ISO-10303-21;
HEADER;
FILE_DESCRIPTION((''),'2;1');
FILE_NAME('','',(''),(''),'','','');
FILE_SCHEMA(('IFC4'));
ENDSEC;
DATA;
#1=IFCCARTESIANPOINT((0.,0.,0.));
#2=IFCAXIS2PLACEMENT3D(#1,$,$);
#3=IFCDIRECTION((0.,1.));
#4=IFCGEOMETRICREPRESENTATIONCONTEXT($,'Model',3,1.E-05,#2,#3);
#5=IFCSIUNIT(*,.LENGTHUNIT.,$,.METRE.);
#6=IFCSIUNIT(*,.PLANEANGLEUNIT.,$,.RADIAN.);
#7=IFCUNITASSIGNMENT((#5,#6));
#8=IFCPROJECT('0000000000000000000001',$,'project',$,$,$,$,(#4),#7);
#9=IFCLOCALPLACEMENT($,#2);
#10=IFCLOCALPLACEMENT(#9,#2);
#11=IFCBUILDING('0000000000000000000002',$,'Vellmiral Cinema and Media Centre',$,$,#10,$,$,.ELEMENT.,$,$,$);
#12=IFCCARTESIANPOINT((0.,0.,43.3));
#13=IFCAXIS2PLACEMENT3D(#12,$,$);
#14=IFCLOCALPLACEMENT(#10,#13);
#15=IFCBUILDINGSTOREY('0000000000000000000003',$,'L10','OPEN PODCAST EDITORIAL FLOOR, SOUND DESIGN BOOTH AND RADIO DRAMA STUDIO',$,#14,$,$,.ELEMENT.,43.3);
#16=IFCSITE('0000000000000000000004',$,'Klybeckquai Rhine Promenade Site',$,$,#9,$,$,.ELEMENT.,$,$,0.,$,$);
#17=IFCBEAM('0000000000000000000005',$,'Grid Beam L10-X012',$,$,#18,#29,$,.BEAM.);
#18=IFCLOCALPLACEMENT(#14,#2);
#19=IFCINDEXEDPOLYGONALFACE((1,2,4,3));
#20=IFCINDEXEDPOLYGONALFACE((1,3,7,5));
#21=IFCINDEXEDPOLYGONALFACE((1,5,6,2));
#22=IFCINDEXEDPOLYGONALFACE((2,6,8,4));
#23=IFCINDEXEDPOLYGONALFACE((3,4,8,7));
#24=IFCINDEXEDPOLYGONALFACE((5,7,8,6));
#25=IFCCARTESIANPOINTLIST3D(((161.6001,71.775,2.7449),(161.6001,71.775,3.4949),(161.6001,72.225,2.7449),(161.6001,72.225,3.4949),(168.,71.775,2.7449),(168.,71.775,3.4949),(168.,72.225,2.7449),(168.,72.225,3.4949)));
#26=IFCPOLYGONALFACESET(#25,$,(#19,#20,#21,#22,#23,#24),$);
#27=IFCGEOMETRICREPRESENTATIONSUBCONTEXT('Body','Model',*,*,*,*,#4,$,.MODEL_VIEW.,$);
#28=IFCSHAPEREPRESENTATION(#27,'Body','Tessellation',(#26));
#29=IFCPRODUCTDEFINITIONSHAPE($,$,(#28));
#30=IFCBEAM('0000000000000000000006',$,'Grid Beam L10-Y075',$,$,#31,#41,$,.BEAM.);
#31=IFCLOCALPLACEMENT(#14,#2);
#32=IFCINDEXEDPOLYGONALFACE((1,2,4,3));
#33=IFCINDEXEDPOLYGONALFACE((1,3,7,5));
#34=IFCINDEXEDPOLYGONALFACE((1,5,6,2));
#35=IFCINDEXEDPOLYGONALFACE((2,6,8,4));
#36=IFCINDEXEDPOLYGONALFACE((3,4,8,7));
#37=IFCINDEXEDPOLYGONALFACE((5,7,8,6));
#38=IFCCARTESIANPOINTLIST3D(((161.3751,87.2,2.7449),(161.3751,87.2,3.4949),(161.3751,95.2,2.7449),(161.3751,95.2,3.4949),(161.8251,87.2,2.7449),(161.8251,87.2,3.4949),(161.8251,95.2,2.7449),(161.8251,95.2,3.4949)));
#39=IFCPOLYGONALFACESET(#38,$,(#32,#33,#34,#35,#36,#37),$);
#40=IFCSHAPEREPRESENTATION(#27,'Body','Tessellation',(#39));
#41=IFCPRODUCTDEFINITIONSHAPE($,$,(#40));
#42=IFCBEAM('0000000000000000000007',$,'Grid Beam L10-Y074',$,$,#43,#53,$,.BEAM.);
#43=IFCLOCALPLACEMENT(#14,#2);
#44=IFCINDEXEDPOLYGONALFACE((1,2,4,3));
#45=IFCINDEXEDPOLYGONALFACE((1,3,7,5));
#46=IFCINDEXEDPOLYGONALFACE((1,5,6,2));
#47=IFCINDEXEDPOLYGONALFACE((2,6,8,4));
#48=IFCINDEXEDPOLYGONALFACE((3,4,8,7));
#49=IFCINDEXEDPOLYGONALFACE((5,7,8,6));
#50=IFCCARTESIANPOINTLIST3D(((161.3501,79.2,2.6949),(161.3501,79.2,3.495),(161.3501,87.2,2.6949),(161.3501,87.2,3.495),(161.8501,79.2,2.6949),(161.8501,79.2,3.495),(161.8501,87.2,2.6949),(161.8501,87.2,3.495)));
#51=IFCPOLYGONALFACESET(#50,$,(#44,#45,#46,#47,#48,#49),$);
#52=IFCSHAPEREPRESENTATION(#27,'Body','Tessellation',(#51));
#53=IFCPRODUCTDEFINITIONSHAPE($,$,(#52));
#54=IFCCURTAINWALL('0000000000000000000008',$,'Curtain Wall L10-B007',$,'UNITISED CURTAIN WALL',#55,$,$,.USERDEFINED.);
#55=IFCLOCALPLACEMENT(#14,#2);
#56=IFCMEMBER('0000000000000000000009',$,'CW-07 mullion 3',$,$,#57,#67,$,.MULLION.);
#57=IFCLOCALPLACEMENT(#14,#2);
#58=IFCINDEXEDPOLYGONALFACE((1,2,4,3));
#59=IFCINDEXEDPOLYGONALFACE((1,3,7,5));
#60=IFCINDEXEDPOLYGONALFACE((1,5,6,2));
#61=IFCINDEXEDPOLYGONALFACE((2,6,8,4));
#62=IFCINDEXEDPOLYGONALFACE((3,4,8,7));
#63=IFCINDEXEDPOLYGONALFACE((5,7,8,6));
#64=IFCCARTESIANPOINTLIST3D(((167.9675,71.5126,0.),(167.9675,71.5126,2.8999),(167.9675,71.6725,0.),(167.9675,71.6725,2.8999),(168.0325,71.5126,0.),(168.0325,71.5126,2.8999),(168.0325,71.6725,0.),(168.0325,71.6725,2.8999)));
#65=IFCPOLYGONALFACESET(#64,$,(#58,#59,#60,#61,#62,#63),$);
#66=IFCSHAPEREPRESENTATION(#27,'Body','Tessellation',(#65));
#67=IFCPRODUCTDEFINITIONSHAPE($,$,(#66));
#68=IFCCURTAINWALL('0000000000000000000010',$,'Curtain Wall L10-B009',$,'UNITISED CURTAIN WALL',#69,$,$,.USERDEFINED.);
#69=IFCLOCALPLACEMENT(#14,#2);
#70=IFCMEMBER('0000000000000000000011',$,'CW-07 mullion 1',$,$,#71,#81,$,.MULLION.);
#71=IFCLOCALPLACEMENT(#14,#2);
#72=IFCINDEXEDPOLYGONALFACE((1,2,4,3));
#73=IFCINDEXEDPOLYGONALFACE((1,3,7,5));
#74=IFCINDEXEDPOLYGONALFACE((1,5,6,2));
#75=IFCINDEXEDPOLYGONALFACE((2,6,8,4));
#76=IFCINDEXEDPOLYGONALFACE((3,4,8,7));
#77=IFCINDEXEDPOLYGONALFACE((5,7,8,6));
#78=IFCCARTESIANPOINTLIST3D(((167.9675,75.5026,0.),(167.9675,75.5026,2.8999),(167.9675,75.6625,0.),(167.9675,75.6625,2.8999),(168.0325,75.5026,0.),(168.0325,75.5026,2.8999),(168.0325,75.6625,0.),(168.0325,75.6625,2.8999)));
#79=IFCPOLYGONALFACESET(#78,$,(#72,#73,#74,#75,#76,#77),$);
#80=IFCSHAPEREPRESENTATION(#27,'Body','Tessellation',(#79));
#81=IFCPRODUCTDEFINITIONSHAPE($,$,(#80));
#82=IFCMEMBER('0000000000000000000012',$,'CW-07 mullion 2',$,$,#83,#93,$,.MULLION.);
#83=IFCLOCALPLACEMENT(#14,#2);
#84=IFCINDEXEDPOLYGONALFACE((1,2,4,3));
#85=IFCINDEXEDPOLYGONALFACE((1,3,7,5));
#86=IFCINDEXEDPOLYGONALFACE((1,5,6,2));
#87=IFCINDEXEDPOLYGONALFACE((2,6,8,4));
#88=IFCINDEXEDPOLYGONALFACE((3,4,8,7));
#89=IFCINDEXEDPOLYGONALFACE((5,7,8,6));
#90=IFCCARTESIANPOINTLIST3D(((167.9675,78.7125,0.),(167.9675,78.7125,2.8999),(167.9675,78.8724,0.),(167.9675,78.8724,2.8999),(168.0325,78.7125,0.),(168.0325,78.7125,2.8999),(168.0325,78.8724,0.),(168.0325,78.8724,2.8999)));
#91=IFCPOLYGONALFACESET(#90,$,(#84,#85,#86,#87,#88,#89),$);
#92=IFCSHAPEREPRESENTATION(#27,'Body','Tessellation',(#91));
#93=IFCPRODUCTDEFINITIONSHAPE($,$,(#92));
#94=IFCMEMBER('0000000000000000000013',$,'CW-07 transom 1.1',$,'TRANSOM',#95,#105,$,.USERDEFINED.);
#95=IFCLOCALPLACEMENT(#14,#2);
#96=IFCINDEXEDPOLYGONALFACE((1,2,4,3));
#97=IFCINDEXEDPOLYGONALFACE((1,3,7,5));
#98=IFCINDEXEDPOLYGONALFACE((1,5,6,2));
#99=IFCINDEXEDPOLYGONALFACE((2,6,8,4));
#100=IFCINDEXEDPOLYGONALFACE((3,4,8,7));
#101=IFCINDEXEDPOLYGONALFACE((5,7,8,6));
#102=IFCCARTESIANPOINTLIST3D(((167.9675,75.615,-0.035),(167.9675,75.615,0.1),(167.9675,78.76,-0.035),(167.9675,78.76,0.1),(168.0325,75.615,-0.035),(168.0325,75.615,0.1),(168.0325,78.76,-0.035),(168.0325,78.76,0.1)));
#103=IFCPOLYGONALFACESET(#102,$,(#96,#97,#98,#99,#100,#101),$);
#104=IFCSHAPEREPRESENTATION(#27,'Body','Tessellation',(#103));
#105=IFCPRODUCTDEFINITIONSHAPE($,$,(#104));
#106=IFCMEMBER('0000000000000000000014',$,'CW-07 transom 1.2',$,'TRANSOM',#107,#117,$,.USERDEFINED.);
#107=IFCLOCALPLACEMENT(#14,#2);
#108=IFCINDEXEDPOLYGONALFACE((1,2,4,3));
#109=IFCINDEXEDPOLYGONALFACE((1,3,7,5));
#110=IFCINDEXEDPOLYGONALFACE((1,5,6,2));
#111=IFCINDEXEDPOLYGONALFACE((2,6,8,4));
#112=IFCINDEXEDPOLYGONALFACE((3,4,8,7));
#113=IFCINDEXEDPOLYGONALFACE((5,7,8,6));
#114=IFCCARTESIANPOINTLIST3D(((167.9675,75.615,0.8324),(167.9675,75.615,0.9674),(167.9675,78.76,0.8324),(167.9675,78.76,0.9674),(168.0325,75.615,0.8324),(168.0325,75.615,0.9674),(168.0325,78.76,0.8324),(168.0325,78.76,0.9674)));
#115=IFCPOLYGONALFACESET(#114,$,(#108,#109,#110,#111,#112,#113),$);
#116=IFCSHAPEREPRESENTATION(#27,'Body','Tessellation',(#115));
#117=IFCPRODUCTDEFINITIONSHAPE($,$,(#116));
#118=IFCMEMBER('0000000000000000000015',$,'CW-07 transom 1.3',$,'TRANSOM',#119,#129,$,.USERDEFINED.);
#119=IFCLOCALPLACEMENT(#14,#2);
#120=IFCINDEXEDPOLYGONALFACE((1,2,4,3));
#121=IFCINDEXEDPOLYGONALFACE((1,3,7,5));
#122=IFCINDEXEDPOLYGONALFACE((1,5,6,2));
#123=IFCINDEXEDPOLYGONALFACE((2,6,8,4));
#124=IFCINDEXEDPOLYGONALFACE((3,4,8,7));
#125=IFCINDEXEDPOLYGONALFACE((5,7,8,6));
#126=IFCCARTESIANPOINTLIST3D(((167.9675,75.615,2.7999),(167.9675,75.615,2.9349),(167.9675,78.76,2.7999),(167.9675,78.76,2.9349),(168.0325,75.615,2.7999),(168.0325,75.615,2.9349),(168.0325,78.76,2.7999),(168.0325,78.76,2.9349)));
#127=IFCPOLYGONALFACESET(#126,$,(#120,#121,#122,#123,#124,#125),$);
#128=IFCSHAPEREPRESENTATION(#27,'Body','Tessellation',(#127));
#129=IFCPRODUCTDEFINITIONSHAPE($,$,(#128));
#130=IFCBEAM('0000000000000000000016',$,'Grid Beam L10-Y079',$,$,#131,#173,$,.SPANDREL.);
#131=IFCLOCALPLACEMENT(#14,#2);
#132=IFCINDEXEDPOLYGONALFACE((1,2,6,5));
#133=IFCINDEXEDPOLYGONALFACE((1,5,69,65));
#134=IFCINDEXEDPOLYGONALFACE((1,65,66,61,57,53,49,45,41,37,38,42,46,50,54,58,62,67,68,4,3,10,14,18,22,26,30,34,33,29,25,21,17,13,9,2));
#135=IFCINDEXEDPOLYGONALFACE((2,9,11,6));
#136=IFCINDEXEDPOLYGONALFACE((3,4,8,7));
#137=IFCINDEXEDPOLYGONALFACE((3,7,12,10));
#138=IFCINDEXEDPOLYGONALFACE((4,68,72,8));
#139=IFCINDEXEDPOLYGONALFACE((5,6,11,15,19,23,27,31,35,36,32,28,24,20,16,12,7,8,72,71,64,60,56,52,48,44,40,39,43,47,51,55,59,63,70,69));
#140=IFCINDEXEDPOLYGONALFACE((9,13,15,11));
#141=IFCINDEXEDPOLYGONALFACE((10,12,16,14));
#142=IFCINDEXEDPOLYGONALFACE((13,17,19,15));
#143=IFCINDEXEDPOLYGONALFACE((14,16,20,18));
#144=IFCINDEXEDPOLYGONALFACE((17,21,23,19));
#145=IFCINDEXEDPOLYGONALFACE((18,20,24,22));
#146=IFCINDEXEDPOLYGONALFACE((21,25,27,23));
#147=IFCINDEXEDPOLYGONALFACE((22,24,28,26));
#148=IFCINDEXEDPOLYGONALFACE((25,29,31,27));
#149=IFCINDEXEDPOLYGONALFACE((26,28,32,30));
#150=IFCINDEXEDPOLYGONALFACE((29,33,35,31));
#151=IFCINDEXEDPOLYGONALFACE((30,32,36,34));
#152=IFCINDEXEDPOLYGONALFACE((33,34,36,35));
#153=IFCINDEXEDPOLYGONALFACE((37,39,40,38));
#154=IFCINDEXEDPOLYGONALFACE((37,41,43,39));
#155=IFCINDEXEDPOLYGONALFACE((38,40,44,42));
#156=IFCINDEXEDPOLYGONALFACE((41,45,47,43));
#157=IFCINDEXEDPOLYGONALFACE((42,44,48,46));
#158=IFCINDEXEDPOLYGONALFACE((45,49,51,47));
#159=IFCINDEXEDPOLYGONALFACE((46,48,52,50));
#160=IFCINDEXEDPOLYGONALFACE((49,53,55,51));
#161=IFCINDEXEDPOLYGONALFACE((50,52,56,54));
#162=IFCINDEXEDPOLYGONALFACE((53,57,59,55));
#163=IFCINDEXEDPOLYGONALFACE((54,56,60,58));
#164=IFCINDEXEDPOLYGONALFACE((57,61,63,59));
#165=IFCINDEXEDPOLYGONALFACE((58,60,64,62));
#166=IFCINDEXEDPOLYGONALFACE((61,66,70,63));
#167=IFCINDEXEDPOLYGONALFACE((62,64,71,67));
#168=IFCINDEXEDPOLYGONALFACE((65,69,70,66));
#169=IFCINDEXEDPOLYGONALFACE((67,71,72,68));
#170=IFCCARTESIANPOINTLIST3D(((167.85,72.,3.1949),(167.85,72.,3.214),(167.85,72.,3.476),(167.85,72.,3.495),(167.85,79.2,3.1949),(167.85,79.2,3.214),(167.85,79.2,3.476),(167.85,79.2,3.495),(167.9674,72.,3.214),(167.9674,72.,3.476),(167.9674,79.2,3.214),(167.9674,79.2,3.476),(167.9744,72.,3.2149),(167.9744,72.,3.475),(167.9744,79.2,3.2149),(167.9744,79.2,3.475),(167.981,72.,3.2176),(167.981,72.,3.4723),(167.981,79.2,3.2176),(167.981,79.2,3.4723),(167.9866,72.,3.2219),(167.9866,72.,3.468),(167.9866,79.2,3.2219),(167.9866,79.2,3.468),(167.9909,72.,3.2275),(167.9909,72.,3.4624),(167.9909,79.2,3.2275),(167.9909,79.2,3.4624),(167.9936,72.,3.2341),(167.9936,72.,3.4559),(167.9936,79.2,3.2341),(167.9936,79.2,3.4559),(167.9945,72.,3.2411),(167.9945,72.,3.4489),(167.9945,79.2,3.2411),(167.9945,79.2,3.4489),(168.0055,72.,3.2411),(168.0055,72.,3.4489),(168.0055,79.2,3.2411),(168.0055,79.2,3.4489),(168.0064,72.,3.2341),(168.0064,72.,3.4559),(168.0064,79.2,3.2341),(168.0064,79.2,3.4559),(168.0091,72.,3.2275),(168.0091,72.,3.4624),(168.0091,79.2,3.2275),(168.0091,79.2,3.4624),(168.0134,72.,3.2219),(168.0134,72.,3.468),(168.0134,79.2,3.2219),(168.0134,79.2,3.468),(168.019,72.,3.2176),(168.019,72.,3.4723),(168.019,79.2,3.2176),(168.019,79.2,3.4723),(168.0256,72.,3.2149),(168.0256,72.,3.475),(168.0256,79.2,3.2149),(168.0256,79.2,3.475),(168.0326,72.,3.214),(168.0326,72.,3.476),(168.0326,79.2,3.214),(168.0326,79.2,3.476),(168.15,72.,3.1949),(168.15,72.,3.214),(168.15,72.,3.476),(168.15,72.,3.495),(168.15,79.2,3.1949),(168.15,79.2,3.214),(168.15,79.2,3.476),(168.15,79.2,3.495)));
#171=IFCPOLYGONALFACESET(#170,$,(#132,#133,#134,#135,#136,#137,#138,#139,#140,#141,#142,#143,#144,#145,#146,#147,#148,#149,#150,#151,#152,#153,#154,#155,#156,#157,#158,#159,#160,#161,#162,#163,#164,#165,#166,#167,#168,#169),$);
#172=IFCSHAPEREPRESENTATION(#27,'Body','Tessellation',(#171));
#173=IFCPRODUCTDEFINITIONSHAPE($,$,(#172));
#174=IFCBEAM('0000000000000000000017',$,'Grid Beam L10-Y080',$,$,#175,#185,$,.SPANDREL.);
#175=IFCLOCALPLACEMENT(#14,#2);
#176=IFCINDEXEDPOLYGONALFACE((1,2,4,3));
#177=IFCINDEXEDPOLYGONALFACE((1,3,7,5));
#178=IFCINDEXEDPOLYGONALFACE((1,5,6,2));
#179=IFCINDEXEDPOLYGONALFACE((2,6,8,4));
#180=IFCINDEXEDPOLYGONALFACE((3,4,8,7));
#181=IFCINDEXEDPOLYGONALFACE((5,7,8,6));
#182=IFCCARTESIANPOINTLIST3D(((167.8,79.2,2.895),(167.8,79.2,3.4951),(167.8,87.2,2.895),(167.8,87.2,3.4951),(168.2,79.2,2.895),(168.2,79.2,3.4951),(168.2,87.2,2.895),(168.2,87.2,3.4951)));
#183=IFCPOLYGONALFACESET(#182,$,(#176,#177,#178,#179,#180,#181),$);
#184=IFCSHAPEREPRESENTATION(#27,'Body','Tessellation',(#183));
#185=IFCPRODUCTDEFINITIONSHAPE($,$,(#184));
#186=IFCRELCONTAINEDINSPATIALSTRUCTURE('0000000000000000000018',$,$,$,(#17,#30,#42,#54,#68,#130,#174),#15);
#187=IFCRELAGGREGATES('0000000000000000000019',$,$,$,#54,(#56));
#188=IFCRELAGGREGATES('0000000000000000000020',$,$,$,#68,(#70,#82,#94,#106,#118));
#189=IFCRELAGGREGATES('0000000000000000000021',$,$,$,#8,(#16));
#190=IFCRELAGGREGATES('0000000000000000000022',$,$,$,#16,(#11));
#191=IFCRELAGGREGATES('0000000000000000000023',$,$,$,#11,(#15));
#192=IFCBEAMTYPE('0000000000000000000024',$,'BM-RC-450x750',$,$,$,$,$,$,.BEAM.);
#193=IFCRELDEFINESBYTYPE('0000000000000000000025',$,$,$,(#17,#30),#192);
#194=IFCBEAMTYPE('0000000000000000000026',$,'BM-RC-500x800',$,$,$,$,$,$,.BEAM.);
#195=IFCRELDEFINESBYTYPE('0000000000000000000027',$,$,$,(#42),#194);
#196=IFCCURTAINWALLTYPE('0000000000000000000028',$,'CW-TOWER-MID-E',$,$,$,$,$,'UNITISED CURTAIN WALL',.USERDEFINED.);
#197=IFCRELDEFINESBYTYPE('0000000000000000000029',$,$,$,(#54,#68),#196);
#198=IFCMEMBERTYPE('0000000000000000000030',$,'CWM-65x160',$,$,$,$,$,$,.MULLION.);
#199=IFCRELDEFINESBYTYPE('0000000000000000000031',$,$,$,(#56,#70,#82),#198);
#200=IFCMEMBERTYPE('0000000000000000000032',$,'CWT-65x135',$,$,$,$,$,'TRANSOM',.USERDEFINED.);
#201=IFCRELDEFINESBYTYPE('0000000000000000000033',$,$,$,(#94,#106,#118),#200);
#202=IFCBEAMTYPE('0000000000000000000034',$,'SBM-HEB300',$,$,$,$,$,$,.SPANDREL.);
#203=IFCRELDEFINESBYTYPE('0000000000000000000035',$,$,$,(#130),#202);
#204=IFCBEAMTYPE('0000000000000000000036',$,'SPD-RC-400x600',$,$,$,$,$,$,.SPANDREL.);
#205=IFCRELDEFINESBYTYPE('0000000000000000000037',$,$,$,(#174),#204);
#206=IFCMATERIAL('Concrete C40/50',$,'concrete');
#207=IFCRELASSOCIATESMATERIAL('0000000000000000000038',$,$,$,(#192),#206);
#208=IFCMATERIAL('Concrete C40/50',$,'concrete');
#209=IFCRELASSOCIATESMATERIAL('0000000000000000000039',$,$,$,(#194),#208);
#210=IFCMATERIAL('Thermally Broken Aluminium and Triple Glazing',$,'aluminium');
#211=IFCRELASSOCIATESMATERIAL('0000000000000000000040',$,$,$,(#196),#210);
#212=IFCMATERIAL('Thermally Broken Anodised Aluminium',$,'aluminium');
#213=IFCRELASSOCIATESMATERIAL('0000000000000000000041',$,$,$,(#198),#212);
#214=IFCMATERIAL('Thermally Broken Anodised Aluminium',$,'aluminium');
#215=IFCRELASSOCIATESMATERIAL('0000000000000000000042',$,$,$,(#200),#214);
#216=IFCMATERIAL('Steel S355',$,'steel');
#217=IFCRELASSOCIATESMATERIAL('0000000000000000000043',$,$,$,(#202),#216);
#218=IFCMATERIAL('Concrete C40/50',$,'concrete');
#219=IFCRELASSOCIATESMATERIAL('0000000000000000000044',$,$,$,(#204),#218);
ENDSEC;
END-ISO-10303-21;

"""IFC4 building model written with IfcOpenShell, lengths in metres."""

from ifc_helpers import new_model, si_unit, direction, frame, origin, origin_2d, place, context, subcontext, project, spatial, rectangle, i_section, extrude, material, material_profile, profile_set, type_object, element, aggregate, save


model = new_model("IFC4")

# Units and contexts
model_context = context("Model", 3, precision=1e-05, world=origin(), true_north=direction((0.0, 1.0)))
body_context = subcontext(model_context, "Body", "Model", "MODEL_VIEW")
ifc_project = project(units=[si_unit("LENGTHUNIT", "METRE"), si_unit("PLANEANGLEUNIT", "RADIAN")], contexts=[model_context])

# Site, building, storey
site_placement = place(None, origin())
site = spatial("IfcSite", under=ifc_project, at=site_placement, Name="Klybeckquai Rhine Promenade Site", CompositionType="ELEMENT", RefElevation=0.0)
building_placement = place(site_placement, origin())
building = spatial("IfcBuilding", under=site, at=building_placement, Name="Vellmiral Cinema and Media Centre", CompositionType="ELEMENT")
storey_placement = place(building_placement, frame((0.0, 0.0, 43.3)))
storey = spatial("IfcBuildingStorey", under=building, at=storey_placement, Name="L10", Description="OPEN PODCAST EDITORIAL FLOOR, SOUND DESIGN BOOTH AND RADIO DRAMA STUDIO", CompositionType="ELEMENT", Elevation=43.3)

# Beams
ifc_material_1 = material(Name="Concrete C40/50", Category="concrete")
ifc_material_profile_1 = material_profile(ifc_material_1, rectangle(XDim=0.45, YDim=0.75, at=origin_2d()), Name="RC 450x750")
ifc_profile_set_1 = profile_set([ifc_material_profile_1], Name="Concrete C40/50")
beam_type_1 = type_object("IfcBeamType", Name="BM-RC-450x750", PredefinedType="BEAM", material=ifc_profile_set_1)
beam_1_placement = place(storey_placement, frame((161.6001, 72.0, 3.1199), z_axis=(1.0, 0.0, 0.0), x_axis=(0.0, 1.0, 0.0)))
element("IfcBeam", 1, at=beam_1_placement, inside=storey, type_object=beam_type_1, Name="Grid Beam L10-X012", PredefinedType="BEAM", context=body_context, shape_type="SweptSolid", body=[
    extrude(rectangle(XDim=0.45, YDim=0.75, at=origin_2d()), origin(), (0.0, 0.0, 1.0), 6.3999),
])
beam_2_placement = place(storey_placement, frame((161.6001, 87.2, 3.1199), z_axis=(0.0, 1.0, 0.0), x_axis=(-1.0, 0.0, 0.0)))
element("IfcBeam", 2, at=beam_2_placement, inside=storey, type_object=beam_type_1, Name="Grid Beam L10-Y075", PredefinedType="BEAM", context=body_context, shape_type="SweptSolid", body=[
    extrude(rectangle(XDim=0.45, YDim=0.75, at=origin_2d()), origin(), (0.0, 0.0, 1.0), 8.0),
])
ifc_material_2 = material(Name="Concrete C40/50", Category="concrete")
ifc_material_profile_2 = material_profile(ifc_material_2, rectangle(XDim=0.5, YDim=0.8, at=origin_2d()), Name="RC 500x800")
ifc_profile_set_2 = profile_set([ifc_material_profile_2], Name="Concrete C40/50")
beam_type_2 = type_object("IfcBeamType", Name="BM-RC-500x800", PredefinedType="BEAM", material=ifc_profile_set_2)
beam_3_placement = place(storey_placement, frame((161.6001, 79.2, 3.095), z_axis=(0.0, 1.0, 0.0), x_axis=(-1.0, 0.0, 0.0)))
element("IfcBeam", 3, at=beam_3_placement, inside=storey, type_object=beam_type_2, Name="Grid Beam L10-Y074", PredefinedType="BEAM", context=body_context, shape_type="SweptSolid", body=[
    extrude(rectangle(XDim=0.5, YDim=0.8, at=origin_2d()), origin(), (0.0, 0.0, 1.0), 8.0),
])

# Curtain wall, member
ifc_material_3 = material(Name="Thermally Broken Aluminium and Triple Glazing", Category="aluminium")
curtain_wall_type = type_object("IfcCurtainWallType", Name="CW-TOWER-MID-E", ElementType="UNITISED CURTAIN WALL", PredefinedType="USERDEFINED", material=ifc_material_3)
curtain_wall_1_placement = place(storey_placement, origin())
curtain_wall_1 = element("IfcCurtainWall", 4, at=curtain_wall_1_placement, inside=storey, type_object=curtain_wall_type, Name="Curtain Wall L10-B007", ObjectType="UNITISED CURTAIN WALL", PredefinedType="USERDEFINED")
ifc_material_4 = material(Name="Thermally Broken Anodised Aluminium", Category="aluminium")
ifc_material_profile_3 = material_profile(ifc_material_4, rectangle(XDim=0.0649, YDim=0.1599, at=origin_2d()), Name="MULL 65x160")
ifc_profile_set_3 = profile_set([ifc_material_profile_3], Name="Thermally Broken Anodised Aluminium")
member_type_1 = type_object("IfcMemberType", Name="CWM-65x160", PredefinedType="MULLION", material=ifc_profile_set_3)
member_1_placement = place(storey_placement, frame((168.0, 71.5925, 0.0), z_axis=(0.0, 0.0, 1.0), x_axis=(-1.0, 0.0, 0.0)))
member_1 = element("IfcMember", 5, at=member_1_placement, type_object=member_type_1, Name="CW-07 mullion 3", PredefinedType="MULLION", context=body_context, shape_type="SweptSolid", body=[
    extrude(rectangle(XDim=0.0649, YDim=0.1599, at=origin_2d()), origin(), (0.0, 0.0, 1.0), 2.8999),
])

# Curtain wall, members
curtain_wall_2_placement = place(storey_placement, origin())
curtain_wall_2 = element("IfcCurtainWall", 6, at=curtain_wall_2_placement, inside=storey, type_object=curtain_wall_type, Name="Curtain Wall L10-B009", ObjectType="UNITISED CURTAIN WALL", PredefinedType="USERDEFINED")
member_2_placement = place(storey_placement, frame((168.0, 75.5825, 0.0), z_axis=(0.0, 0.0, 1.0), x_axis=(-1.0, 0.0, 0.0)))
member_2 = element("IfcMember", 7, at=member_2_placement, type_object=member_type_1, Name="CW-07 mullion 1", PredefinedType="MULLION", context=body_context, shape_type="SweptSolid", body=[
    extrude(rectangle(XDim=0.0649, YDim=0.1599, at=origin_2d()), origin(), (0.0, 0.0, 1.0), 2.8999),
])
member_3_placement = place(storey_placement, frame((168.0, 78.7925, 0.0), z_axis=(0.0, 0.0, 1.0), x_axis=(-1.0, 0.0, 0.0)))
member_3 = element("IfcMember", 8, at=member_3_placement, type_object=member_type_1, Name="CW-07 mullion 2", PredefinedType="MULLION", context=body_context, shape_type="SweptSolid", body=[
    extrude(rectangle(XDim=0.0649, YDim=0.1599, at=origin_2d()), origin(), (0.0, 0.0, 1.0), 2.8999),
])
ifc_material_5 = material(Name="Thermally Broken Anodised Aluminium", Category="aluminium")
ifc_material_profile_4 = material_profile(ifc_material_5, rectangle(XDim=0.0649, YDim=0.135, at=origin_2d()), Name="MULL 65x135")
ifc_profile_set_4 = profile_set([ifc_material_profile_4], Name="Thermally Broken Anodised Aluminium")
member_type_2 = type_object("IfcMemberType", Name="CWT-65x135", ElementType="TRANSOM", PredefinedType="USERDEFINED", material=ifc_profile_set_4)
member_4_placement = place(storey_placement, frame((168.0, 75.615, 0.0325), z_axis=(0.0, 1.0, 0.0), x_axis=(-1.0, 0.0, 0.0)))
member_4 = element("IfcMember", 9, at=member_4_placement, type_object=member_type_2, Name="CW-07 transom 1.1", ObjectType="TRANSOM", PredefinedType="USERDEFINED", context=body_context, shape_type="SweptSolid", body=[
    extrude(rectangle(XDim=0.0649, YDim=0.135, at=origin_2d()), origin(), (0.0, 0.0, 1.0), 3.145),
])
member_5_placement = place(storey_placement, frame((168.0, 75.615, 0.8999), z_axis=(0.0, 1.0, 0.0), x_axis=(-1.0, 0.0, 0.0)))
member_5 = element("IfcMember", 10, at=member_5_placement, type_object=member_type_2, Name="CW-07 transom 1.2", ObjectType="TRANSOM", PredefinedType="USERDEFINED", context=body_context, shape_type="SweptSolid", body=[
    extrude(rectangle(XDim=0.0649, YDim=0.135, at=origin_2d()), origin(), (0.0, 0.0, 1.0), 3.145),
])
member_6_placement = place(storey_placement, frame((168.0, 75.615, 2.8674), z_axis=(0.0, 1.0, 0.0), x_axis=(-1.0, 0.0, 0.0)))
member_6 = element("IfcMember", 11, at=member_6_placement, type_object=member_type_2, Name="CW-07 transom 1.3", ObjectType="TRANSOM", PredefinedType="USERDEFINED", context=body_context, shape_type="SweptSolid", body=[
    extrude(rectangle(XDim=0.0649, YDim=0.135, at=origin_2d()), origin(), (0.0, 0.0, 1.0), 3.145),
])

# Beams
ifc_material_6 = material(Name="Steel S355", Category="steel")
ifc_material_profile_5 = material_profile(ifc_material_6, i_section(OverallWidth=0.3, OverallDepth=0.3, WebThickness=0.011, FlangeThickness=0.019, FilletRadius=0.0271, at=origin_2d()), Name="HEB 300")
ifc_profile_set_5 = profile_set([ifc_material_profile_5], Name="Steel S355")
beam_type_3 = type_object("IfcBeamType", Name="SBM-HEB300", PredefinedType="SPANDREL", material=ifc_profile_set_5)
beam_4_placement = place(storey_placement, frame((168.0, 72.0, 3.345), z_axis=(0.0, 1.0, 0.0), x_axis=(-1.0, 0.0, 0.0)))
element("IfcBeam", 12, at=beam_4_placement, inside=storey, type_object=beam_type_3, Name="Grid Beam L10-Y079", PredefinedType="SPANDREL", context=body_context, shape_type="SweptSolid", body=[
    extrude(i_section(OverallWidth=0.3, OverallDepth=0.3, WebThickness=0.011, FlangeThickness=0.019, FilletRadius=0.0271, at=origin_2d()), origin(), (0.0, 0.0, 1.0), 7.2),
])
ifc_material_7 = material(Name="Concrete C40/50", Category="concrete")
ifc_material_profile_6 = material_profile(ifc_material_7, rectangle(XDim=0.3999, YDim=0.6001, at=origin_2d()), Name="RC 400x600")
ifc_profile_set_6 = profile_set([ifc_material_profile_6], Name="Concrete C40/50")
beam_type_4 = type_object("IfcBeamType", Name="SPD-RC-400x600", PredefinedType="SPANDREL", material=ifc_profile_set_6)
beam_5_placement = place(storey_placement, frame((168.0, 79.2, 3.1951), z_axis=(0.0, 1.0, 0.0), x_axis=(-1.0, 0.0, 0.0)))
element("IfcBeam", 13, at=beam_5_placement, inside=storey, type_object=beam_type_4, Name="Grid Beam L10-Y080", PredefinedType="SPANDREL", context=body_context, shape_type="SweptSolid", body=[
    extrude(rectangle(XDim=0.3999, YDim=0.6001, at=origin_2d()), origin(), (0.0, 0.0, 1.0), 8.0),
])

aggregate(curtain_wall_1, [member_1])
aggregate(curtain_wall_2, [member_2, member_3, member_4, member_5, member_6])

save(model, "model.ifc")
